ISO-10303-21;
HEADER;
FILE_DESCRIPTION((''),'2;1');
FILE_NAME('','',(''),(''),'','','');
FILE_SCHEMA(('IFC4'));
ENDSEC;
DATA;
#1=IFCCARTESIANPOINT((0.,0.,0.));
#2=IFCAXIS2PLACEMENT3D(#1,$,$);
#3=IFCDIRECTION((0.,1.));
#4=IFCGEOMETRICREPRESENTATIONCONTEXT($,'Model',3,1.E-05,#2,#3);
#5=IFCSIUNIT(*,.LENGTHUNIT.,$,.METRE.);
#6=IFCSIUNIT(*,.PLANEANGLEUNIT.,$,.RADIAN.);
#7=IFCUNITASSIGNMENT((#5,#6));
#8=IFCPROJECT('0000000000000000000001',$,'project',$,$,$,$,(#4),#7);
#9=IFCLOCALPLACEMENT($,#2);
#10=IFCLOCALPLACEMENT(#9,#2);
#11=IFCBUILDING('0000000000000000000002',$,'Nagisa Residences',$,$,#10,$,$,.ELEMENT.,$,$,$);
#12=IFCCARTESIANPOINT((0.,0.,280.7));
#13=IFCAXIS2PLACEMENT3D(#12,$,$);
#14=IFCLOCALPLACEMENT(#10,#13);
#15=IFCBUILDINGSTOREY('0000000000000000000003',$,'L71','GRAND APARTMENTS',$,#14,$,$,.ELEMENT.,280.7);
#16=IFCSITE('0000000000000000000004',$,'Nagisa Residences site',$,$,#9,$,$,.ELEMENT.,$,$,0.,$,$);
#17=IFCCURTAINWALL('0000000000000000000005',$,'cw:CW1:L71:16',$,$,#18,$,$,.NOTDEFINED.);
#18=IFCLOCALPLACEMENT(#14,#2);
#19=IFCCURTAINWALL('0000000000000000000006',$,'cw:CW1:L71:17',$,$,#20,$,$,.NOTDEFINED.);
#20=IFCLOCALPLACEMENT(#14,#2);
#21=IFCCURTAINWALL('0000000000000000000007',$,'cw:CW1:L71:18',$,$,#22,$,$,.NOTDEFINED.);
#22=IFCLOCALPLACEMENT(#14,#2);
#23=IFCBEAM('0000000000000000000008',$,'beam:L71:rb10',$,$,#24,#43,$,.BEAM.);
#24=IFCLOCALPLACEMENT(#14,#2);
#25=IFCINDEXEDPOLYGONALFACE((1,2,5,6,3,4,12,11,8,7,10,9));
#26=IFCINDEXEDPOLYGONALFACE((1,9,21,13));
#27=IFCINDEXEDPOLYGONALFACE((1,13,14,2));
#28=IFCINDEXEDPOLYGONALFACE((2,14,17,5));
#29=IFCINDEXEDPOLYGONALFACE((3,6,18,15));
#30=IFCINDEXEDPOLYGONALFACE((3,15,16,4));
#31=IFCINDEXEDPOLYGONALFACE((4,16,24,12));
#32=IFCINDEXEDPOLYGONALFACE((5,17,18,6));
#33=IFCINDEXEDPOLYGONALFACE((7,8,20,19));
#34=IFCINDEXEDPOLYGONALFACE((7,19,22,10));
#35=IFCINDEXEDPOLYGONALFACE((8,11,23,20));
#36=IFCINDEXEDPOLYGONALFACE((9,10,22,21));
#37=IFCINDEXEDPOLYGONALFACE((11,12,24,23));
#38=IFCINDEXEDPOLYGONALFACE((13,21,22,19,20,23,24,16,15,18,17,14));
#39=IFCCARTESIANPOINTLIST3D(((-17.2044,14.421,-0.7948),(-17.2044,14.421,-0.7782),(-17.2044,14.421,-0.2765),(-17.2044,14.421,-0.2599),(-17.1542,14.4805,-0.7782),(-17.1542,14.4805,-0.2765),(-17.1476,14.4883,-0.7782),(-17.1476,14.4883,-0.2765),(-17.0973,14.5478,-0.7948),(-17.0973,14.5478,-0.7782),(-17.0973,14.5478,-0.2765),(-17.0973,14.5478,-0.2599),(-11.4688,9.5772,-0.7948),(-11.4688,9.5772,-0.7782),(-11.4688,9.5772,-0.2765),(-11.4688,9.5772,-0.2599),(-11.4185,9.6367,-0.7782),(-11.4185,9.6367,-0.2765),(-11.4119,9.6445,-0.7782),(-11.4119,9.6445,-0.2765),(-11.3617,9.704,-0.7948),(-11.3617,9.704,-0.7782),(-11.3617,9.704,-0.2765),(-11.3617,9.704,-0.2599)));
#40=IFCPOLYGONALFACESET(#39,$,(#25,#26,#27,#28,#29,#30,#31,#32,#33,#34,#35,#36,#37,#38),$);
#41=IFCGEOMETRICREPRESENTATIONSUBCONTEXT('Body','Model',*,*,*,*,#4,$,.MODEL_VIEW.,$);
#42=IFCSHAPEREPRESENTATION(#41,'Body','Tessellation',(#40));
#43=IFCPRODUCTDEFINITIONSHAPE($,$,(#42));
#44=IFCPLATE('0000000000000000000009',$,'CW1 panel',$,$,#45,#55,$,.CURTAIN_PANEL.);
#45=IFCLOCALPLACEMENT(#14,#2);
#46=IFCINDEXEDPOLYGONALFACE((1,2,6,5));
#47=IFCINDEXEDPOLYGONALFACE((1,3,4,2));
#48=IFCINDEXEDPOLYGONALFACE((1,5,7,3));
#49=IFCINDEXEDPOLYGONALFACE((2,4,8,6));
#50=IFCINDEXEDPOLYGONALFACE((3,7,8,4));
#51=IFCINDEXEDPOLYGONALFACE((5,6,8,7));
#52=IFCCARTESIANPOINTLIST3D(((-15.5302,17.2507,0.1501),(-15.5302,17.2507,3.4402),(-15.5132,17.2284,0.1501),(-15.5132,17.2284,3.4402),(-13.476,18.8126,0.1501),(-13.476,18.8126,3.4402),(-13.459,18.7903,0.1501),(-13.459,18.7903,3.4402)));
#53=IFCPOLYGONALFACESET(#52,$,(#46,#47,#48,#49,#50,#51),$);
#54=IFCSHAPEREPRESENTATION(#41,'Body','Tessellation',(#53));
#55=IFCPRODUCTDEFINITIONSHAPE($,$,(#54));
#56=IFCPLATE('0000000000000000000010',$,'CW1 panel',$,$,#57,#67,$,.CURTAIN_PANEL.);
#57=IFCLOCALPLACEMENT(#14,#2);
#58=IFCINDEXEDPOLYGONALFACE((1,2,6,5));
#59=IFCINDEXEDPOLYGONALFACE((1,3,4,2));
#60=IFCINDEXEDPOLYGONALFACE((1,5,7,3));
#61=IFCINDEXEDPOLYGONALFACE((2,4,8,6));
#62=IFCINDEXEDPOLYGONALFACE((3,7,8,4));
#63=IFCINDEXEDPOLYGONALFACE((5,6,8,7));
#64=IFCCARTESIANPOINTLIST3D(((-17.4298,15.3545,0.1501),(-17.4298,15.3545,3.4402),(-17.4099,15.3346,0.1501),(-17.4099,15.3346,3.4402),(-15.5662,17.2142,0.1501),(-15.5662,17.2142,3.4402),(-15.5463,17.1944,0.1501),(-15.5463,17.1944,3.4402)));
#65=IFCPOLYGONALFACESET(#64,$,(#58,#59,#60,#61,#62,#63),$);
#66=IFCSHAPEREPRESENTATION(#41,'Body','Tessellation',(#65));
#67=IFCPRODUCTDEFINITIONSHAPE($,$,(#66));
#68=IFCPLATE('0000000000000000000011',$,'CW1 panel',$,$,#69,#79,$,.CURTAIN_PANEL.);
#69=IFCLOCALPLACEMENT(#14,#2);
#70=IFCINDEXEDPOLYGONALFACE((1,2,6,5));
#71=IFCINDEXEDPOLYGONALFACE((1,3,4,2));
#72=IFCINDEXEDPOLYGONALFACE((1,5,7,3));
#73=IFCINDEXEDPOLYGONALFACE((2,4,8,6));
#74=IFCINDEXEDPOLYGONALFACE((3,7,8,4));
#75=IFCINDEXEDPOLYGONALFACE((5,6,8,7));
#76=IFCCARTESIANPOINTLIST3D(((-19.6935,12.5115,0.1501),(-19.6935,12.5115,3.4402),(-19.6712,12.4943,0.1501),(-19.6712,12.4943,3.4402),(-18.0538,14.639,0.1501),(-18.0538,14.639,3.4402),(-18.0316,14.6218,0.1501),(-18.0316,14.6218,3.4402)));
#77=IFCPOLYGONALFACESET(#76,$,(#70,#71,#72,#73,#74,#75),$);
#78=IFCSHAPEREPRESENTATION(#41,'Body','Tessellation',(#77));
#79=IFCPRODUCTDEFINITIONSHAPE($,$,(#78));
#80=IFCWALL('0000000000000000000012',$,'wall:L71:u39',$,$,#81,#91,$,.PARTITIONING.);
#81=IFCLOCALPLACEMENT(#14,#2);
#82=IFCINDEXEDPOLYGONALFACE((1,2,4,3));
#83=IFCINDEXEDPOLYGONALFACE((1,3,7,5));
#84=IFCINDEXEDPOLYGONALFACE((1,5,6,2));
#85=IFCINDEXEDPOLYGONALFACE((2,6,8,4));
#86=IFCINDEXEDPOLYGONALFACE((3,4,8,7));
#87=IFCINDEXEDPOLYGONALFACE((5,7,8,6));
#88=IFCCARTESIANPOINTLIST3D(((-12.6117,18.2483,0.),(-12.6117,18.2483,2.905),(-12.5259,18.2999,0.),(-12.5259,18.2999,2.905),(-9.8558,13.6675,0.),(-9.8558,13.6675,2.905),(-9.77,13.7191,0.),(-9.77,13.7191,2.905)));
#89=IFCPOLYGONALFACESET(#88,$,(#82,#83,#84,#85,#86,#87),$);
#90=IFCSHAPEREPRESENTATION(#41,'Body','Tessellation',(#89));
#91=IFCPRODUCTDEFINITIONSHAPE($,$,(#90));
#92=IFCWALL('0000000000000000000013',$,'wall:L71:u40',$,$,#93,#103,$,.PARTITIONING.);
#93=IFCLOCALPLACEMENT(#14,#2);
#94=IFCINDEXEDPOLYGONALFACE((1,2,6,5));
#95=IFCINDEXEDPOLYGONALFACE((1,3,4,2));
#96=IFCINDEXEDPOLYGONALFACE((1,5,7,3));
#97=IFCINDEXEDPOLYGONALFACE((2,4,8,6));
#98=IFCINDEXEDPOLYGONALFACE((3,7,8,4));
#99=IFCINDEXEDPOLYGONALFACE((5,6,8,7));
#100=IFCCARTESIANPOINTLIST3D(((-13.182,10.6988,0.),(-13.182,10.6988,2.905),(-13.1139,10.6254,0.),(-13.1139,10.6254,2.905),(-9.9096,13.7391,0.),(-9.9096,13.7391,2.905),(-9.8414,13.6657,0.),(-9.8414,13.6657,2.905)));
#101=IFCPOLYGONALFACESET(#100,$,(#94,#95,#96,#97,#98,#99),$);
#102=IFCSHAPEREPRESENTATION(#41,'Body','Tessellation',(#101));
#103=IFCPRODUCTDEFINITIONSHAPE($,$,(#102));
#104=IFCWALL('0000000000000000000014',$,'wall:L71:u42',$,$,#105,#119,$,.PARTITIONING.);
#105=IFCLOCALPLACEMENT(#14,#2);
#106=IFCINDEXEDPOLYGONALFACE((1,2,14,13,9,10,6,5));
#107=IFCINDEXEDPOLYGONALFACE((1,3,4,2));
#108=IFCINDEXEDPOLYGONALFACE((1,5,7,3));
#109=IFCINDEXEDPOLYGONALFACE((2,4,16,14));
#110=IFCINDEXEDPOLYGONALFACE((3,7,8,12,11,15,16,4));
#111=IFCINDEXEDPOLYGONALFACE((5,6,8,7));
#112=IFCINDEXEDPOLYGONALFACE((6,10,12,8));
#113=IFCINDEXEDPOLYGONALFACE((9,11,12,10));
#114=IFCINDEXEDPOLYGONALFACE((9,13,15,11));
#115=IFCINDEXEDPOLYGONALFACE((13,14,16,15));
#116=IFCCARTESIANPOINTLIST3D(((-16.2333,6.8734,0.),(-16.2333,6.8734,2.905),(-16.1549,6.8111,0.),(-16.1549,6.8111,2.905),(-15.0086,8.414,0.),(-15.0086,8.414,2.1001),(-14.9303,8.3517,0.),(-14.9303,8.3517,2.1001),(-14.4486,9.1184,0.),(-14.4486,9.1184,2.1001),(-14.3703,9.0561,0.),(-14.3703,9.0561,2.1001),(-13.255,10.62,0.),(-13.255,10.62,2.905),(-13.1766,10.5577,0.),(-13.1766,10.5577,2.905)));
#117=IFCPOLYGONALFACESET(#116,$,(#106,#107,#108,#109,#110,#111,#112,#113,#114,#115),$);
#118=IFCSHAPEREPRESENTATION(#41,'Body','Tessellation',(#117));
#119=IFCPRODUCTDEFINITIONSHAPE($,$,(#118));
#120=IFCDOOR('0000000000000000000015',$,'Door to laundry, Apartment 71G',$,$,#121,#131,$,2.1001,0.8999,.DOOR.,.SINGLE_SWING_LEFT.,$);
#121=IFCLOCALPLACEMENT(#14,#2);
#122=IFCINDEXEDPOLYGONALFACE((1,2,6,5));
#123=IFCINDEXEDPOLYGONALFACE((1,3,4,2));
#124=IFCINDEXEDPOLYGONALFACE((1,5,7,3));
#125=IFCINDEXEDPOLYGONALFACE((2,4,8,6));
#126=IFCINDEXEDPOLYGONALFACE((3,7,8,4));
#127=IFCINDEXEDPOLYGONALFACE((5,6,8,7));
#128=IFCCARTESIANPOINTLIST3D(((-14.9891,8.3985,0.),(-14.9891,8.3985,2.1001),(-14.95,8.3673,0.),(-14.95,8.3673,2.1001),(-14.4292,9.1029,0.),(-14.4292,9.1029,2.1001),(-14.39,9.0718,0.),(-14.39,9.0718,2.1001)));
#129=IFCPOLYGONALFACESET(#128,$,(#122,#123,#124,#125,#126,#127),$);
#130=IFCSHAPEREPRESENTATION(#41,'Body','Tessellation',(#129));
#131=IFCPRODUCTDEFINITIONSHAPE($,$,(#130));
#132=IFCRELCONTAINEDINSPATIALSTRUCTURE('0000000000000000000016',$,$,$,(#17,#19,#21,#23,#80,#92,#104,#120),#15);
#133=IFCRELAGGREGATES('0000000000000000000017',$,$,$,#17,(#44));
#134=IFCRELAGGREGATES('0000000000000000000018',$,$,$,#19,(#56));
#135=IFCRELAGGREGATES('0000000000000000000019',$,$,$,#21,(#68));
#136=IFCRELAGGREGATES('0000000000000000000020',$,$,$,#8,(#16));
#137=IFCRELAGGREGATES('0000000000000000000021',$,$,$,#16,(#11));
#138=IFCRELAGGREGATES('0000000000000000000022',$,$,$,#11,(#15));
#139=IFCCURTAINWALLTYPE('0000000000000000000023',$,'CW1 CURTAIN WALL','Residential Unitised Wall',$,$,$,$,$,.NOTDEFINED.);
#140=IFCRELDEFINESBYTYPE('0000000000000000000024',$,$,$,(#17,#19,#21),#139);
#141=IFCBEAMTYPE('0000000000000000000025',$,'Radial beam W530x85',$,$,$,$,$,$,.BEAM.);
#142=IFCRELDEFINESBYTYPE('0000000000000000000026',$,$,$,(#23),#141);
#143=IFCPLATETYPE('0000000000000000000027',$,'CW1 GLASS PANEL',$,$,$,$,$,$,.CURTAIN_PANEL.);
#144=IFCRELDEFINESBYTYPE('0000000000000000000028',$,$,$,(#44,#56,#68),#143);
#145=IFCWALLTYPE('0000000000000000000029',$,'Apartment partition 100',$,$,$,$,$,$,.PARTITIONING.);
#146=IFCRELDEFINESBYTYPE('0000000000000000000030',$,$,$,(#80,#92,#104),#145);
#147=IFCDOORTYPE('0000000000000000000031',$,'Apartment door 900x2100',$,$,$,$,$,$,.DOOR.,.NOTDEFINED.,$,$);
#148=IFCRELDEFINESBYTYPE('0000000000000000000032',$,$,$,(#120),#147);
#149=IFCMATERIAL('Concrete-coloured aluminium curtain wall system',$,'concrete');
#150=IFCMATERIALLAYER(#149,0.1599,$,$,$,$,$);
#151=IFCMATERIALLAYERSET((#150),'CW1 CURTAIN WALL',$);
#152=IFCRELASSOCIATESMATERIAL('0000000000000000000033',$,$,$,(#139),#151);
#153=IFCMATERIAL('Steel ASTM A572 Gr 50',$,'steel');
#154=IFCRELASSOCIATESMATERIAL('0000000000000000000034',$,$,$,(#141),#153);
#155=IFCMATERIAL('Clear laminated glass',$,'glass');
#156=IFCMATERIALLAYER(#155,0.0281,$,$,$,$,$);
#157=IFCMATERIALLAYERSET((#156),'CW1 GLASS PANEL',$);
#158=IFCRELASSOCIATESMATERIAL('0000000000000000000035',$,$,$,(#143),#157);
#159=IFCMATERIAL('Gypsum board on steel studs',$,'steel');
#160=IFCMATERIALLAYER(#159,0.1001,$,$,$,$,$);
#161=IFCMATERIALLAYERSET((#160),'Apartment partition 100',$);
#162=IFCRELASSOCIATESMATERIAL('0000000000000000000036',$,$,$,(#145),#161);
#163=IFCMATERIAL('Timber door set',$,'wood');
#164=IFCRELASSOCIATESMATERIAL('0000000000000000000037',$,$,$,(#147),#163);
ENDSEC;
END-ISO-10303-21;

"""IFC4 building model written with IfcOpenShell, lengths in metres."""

from ifc_helpers import new_model, si_unit, direction, frame, frame_2d, origin, origin_2d, place, context, subcontext, project, spatial, rectangle, i_section, extrude, material, layer, layer_set, material_profile, profile_set, type_object, element, fill, aggregate, save


model = new_model("IFC4")

# Units and contexts
model_context = context("Model", 3, precision=1e-05, world=origin(), true_north=direction((0.0, 1.0)))
body_context = subcontext(model_context, "Body", "Model", "MODEL_VIEW")
ifc_project = project(units=[si_unit("LENGTHUNIT", "METRE"), si_unit("PLANEANGLEUNIT", "RADIAN")], contexts=[model_context])

# Site, building, storey
site_placement = place(None, origin())
site = spatial("IfcSite", under=ifc_project, at=site_placement, Name="Nagisa Residences site", CompositionType="ELEMENT", RefElevation=0.0)
building_placement = place(site_placement, origin())
building = spatial("IfcBuilding", under=site, at=building_placement, Name="Nagisa Residences", CompositionType="ELEMENT")
storey_placement = place(building_placement, frame((0.0, 0.0, 280.7)))
storey = spatial("IfcBuildingStorey", under=building, at=storey_placement, Name="L71", Description="GRAND APARTMENTS", CompositionType="ELEMENT", Elevation=280.7)

# Curtain walls
ifc_material_1 = material(Name="Concrete-coloured aluminium curtain wall system", Category="concrete")
ifc_layer_1 = layer(ifc_material_1, 0.1599)
ifc_layer_set_1 = layer_set([ifc_layer_1], Name="CW1 CURTAIN WALL")
curtain_wall_type = type_object("IfcCurtainWallType", Name="CW1 CURTAIN WALL", Description="Residential Unitised Wall", PredefinedType="NOTDEFINED", material=ifc_layer_set_1)
curtain_wall_1_placement = place(storey_placement, origin())
curtain_wall_1 = element("IfcCurtainWall", 1, at=curtain_wall_1_placement, inside=storey, type_object=curtain_wall_type, Name="cw:CW1:L71:16", PredefinedType="NOTDEFINED")
curtain_wall_2_placement = place(storey_placement, origin())
curtain_wall_2 = element("IfcCurtainWall", 2, at=curtain_wall_2_placement, inside=storey, type_object=curtain_wall_type, Name="cw:CW1:L71:17", PredefinedType="NOTDEFINED")
curtain_wall_3_placement = place(storey_placement, origin())
curtain_wall_3 = element("IfcCurtainWall", 3, at=curtain_wall_3_placement, inside=storey, type_object=curtain_wall_type, Name="cw:CW1:L71:18", PredefinedType="NOTDEFINED")

# Beam
ifc_material_2 = material(Name="Steel ASTM A572 Gr 50", Category="steel")
ifc_material_profile_1 = material_profile(ifc_material_2, i_section(OverallWidth=0.166, OverallDepth=0.5349, WebThickness=0.0103, FlangeThickness=0.0166, at=origin_2d()), Name="W530x85")
ifc_profile_set_1 = profile_set([ifc_material_profile_1], Name="Steel ASTM A572 Gr 50")
beam_type_1 = type_object("IfcBeamType", Name="Radial beam W530x85", PredefinedType="BEAM", material=ifc_profile_set_1)
beam_1_placement = place(storey_placement, frame((-17.1509, 14.4844, -0.5273), z_axis=(0.764006, -0.645209, 0.0), x_axis=(0.645209, 0.764006, 0.0)))
element("IfcBeam", 4, at=beam_1_placement, inside=storey, type_object=beam_type_1, Name="beam:L71:rb10", PredefinedType="BEAM", context=body_context, shape_type="SweptSolid", body=[
    extrude(i_section(OverallWidth=0.166, OverallDepth=0.5349, WebThickness=0.0103, FlangeThickness=0.0166, at=origin_2d()), origin(), (0.0, 0.0, 1.0), 7.5073),
])

# Plates
ifc_material_3 = material(Name="Clear laminated glass", Category="glass")
ifc_layer_2 = layer(ifc_material_3, 0.0281)
ifc_layer_set_2 = layer_set([ifc_layer_2], Name="CW1 GLASS PANEL")
plate_type = type_object("IfcPlateType", Name="CW1 GLASS PANEL", PredefinedType="CURTAIN_PANEL", material=ifc_layer_set_2)
plate_1_placement = place(storey_placement, frame((-14.4946, 18.0205, 0.1501), z_axis=(0.0, 0.0, 1.0), x_axis=(-0.796031, -0.605255, 0.0)))
plate_1 = element("IfcPlate", 5, at=plate_1_placement, type_object=plate_type, Name="CW1 panel", PredefinedType="CURTAIN_PANEL", context=body_context, shape_type="SweptSolid", body=[
    extrude(rectangle(XDim=2.5806, YDim=0.0281, at=origin_2d()), origin(), (0.0, 0.0, 1.0), 3.29),
])
aggregate(curtain_wall_1, [plate_1])
plate_2_placement = place(storey_placement, frame((-16.488, 16.2744, 0.1501), z_axis=(0.0, 0.0, 1.0), x_axis=(-0.707836, -0.706377, 0.0)))
plate_2 = element("IfcPlate", 6, at=plate_2_placement, type_object=plate_type, Name="CW1 panel", PredefinedType="CURTAIN_PANEL", context=body_context, shape_type="SweptSolid", body=[
    extrude(rectangle(XDim=2.6328, YDim=0.0281, at=origin_2d()), origin(), (0.0, 0.0, 1.0), 3.29),
])
aggregate(curtain_wall_2, [plate_2])
plate_3_placement = place(storey_placement, frame((-18.8625, 13.5667, 0.1501), z_axis=(0.0, 0.0, 1.0), x_axis=(-0.61043, -0.79207, 0.0)))
plate_3 = element("IfcPlate", 7, at=plate_3_placement, type_object=plate_type, Name="CW1 panel", PredefinedType="CURTAIN_PANEL", context=body_context, shape_type="SweptSolid", body=[
    extrude(rectangle(XDim=2.686, YDim=0.0281, at=origin_2d()), origin(), (0.0, 0.0, 1.0), 3.29),
])
aggregate(curtain_wall_3, [plate_3])

# Walls
ifc_material_4 = material(Name="Gypsum board on steel studs", Category="steel")
ifc_layer_3 = layer(ifc_material_4, 0.1001)
ifc_layer_set_3 = layer_set([ifc_layer_3], Name="Apartment partition 100")
wall_type_1 = type_object("IfcWallType", Name="Apartment partition 100", PredefinedType="PARTITIONING", material=ifc_layer_set_3)
wall_1_placement = place(storey_placement, frame((-9.813, 13.6934, 0.0), z_axis=(0.0, 0.0, 1.0), x_axis=(-0.51551, 0.856884, 0.0)))
element("IfcWall", 8, at=wall_1_placement, inside=storey, type_object=wall_type_1, Name="wall:L71:u39", PredefinedType="PARTITIONING", context=body_context, shape_type="SweptSolid", body=[
    extrude(rectangle(XDim=5.3459, YDim=0.1001, at=frame_2d((2.6729, 0.0))), origin(), (0.0, 0.0, 1.0), 2.905),
])
wall_2_placement = place(storey_placement, frame((-9.8755, 13.7024, 0.0), z_axis=(0.0, 0.0, 1.0), x_axis=(-0.732618, -0.68064, 0.0)))
element("IfcWall", 9, at=wall_2_placement, inside=storey, type_object=wall_type_1, Name="wall:L71:u40", PredefinedType="PARTITIONING", context=body_context, shape_type="SweptSolid", body=[
    extrude(rectangle(XDim=4.4668, YDim=0.1001, at=frame_2d((2.2334, 0.0))), origin(), (0.0, 0.0, 1.0), 2.905),
])

# Wall, opening, door
wall_3_placement = place(storey_placement, frame((-13.2158, 10.5889, 0.0), z_axis=(0.0, 0.0, 1.0), x_axis=(-0.622272, -0.782801, 0.0)))
wall_3 = element("IfcWall", 10, at=wall_3_placement, inside=storey, type_object=wall_type_1, Name="wall:L71:u42", PredefinedType="PARTITIONING", context=body_context, shape_type="SweptSolid", body=[
    extrude(rectangle(XDim=4.7861, YDim=0.1001, at=frame_2d((2.3931, 0.0))), origin(), (0.0, 0.0, 1.0), 2.905),
])
opening_1_placement = place(wall_3_placement, frame((1.9182, 0.0, 0.0)))
opening_1 = element("IfcOpeningElement", 11, at=opening_1_placement, cuts=wall_3, PredefinedType="OPENING", context=body_context, shape_type="SweptSolid", body=[
    extrude(rectangle(XDim=0.8999, YDim=2.1001, at=frame_2d((0.45, 1.05))), frame((0.0, 0.0601, 0.0), z_axis=(0.0, -1.0, 0.0), x_axis=(1.0, 0.0, 0.0)), (0.0, 0.0, 1.0), 0.1201),
])
ifc_material_5 = material(Name="Timber door set", Category="wood")
door_type_1 = type_object("IfcDoorType", Name="Apartment door 900x2100", OperationType="NOTDEFINED", PredefinedType="DOOR", material=ifc_material_5)
door_1_placement = place(opening_1_placement, origin())
door_1 = element("IfcDoor", 12, at=door_1_placement, inside=storey, type_object=door_type_1, Name="Door to laundry, Apartment 71G", OperationType="SINGLE_SWING_LEFT", OverallHeight=2.1001, OverallWidth=0.8999, PredefinedType="DOOR", context=body_context, shape_type="SweptSolid", body=[
    extrude(rectangle(XDim=0.8999, YDim=2.1001, at=frame_2d((0.45, 1.05))), frame((0.0, 0.0249, 0.0), z_axis=(0.0, -1.0, 0.0), x_axis=(1.0, 0.0, 0.0)), (0.0, 0.0, 1.0), 0.05),
])
fill(opening_1, door_1)

save(model, "model.ifc")
